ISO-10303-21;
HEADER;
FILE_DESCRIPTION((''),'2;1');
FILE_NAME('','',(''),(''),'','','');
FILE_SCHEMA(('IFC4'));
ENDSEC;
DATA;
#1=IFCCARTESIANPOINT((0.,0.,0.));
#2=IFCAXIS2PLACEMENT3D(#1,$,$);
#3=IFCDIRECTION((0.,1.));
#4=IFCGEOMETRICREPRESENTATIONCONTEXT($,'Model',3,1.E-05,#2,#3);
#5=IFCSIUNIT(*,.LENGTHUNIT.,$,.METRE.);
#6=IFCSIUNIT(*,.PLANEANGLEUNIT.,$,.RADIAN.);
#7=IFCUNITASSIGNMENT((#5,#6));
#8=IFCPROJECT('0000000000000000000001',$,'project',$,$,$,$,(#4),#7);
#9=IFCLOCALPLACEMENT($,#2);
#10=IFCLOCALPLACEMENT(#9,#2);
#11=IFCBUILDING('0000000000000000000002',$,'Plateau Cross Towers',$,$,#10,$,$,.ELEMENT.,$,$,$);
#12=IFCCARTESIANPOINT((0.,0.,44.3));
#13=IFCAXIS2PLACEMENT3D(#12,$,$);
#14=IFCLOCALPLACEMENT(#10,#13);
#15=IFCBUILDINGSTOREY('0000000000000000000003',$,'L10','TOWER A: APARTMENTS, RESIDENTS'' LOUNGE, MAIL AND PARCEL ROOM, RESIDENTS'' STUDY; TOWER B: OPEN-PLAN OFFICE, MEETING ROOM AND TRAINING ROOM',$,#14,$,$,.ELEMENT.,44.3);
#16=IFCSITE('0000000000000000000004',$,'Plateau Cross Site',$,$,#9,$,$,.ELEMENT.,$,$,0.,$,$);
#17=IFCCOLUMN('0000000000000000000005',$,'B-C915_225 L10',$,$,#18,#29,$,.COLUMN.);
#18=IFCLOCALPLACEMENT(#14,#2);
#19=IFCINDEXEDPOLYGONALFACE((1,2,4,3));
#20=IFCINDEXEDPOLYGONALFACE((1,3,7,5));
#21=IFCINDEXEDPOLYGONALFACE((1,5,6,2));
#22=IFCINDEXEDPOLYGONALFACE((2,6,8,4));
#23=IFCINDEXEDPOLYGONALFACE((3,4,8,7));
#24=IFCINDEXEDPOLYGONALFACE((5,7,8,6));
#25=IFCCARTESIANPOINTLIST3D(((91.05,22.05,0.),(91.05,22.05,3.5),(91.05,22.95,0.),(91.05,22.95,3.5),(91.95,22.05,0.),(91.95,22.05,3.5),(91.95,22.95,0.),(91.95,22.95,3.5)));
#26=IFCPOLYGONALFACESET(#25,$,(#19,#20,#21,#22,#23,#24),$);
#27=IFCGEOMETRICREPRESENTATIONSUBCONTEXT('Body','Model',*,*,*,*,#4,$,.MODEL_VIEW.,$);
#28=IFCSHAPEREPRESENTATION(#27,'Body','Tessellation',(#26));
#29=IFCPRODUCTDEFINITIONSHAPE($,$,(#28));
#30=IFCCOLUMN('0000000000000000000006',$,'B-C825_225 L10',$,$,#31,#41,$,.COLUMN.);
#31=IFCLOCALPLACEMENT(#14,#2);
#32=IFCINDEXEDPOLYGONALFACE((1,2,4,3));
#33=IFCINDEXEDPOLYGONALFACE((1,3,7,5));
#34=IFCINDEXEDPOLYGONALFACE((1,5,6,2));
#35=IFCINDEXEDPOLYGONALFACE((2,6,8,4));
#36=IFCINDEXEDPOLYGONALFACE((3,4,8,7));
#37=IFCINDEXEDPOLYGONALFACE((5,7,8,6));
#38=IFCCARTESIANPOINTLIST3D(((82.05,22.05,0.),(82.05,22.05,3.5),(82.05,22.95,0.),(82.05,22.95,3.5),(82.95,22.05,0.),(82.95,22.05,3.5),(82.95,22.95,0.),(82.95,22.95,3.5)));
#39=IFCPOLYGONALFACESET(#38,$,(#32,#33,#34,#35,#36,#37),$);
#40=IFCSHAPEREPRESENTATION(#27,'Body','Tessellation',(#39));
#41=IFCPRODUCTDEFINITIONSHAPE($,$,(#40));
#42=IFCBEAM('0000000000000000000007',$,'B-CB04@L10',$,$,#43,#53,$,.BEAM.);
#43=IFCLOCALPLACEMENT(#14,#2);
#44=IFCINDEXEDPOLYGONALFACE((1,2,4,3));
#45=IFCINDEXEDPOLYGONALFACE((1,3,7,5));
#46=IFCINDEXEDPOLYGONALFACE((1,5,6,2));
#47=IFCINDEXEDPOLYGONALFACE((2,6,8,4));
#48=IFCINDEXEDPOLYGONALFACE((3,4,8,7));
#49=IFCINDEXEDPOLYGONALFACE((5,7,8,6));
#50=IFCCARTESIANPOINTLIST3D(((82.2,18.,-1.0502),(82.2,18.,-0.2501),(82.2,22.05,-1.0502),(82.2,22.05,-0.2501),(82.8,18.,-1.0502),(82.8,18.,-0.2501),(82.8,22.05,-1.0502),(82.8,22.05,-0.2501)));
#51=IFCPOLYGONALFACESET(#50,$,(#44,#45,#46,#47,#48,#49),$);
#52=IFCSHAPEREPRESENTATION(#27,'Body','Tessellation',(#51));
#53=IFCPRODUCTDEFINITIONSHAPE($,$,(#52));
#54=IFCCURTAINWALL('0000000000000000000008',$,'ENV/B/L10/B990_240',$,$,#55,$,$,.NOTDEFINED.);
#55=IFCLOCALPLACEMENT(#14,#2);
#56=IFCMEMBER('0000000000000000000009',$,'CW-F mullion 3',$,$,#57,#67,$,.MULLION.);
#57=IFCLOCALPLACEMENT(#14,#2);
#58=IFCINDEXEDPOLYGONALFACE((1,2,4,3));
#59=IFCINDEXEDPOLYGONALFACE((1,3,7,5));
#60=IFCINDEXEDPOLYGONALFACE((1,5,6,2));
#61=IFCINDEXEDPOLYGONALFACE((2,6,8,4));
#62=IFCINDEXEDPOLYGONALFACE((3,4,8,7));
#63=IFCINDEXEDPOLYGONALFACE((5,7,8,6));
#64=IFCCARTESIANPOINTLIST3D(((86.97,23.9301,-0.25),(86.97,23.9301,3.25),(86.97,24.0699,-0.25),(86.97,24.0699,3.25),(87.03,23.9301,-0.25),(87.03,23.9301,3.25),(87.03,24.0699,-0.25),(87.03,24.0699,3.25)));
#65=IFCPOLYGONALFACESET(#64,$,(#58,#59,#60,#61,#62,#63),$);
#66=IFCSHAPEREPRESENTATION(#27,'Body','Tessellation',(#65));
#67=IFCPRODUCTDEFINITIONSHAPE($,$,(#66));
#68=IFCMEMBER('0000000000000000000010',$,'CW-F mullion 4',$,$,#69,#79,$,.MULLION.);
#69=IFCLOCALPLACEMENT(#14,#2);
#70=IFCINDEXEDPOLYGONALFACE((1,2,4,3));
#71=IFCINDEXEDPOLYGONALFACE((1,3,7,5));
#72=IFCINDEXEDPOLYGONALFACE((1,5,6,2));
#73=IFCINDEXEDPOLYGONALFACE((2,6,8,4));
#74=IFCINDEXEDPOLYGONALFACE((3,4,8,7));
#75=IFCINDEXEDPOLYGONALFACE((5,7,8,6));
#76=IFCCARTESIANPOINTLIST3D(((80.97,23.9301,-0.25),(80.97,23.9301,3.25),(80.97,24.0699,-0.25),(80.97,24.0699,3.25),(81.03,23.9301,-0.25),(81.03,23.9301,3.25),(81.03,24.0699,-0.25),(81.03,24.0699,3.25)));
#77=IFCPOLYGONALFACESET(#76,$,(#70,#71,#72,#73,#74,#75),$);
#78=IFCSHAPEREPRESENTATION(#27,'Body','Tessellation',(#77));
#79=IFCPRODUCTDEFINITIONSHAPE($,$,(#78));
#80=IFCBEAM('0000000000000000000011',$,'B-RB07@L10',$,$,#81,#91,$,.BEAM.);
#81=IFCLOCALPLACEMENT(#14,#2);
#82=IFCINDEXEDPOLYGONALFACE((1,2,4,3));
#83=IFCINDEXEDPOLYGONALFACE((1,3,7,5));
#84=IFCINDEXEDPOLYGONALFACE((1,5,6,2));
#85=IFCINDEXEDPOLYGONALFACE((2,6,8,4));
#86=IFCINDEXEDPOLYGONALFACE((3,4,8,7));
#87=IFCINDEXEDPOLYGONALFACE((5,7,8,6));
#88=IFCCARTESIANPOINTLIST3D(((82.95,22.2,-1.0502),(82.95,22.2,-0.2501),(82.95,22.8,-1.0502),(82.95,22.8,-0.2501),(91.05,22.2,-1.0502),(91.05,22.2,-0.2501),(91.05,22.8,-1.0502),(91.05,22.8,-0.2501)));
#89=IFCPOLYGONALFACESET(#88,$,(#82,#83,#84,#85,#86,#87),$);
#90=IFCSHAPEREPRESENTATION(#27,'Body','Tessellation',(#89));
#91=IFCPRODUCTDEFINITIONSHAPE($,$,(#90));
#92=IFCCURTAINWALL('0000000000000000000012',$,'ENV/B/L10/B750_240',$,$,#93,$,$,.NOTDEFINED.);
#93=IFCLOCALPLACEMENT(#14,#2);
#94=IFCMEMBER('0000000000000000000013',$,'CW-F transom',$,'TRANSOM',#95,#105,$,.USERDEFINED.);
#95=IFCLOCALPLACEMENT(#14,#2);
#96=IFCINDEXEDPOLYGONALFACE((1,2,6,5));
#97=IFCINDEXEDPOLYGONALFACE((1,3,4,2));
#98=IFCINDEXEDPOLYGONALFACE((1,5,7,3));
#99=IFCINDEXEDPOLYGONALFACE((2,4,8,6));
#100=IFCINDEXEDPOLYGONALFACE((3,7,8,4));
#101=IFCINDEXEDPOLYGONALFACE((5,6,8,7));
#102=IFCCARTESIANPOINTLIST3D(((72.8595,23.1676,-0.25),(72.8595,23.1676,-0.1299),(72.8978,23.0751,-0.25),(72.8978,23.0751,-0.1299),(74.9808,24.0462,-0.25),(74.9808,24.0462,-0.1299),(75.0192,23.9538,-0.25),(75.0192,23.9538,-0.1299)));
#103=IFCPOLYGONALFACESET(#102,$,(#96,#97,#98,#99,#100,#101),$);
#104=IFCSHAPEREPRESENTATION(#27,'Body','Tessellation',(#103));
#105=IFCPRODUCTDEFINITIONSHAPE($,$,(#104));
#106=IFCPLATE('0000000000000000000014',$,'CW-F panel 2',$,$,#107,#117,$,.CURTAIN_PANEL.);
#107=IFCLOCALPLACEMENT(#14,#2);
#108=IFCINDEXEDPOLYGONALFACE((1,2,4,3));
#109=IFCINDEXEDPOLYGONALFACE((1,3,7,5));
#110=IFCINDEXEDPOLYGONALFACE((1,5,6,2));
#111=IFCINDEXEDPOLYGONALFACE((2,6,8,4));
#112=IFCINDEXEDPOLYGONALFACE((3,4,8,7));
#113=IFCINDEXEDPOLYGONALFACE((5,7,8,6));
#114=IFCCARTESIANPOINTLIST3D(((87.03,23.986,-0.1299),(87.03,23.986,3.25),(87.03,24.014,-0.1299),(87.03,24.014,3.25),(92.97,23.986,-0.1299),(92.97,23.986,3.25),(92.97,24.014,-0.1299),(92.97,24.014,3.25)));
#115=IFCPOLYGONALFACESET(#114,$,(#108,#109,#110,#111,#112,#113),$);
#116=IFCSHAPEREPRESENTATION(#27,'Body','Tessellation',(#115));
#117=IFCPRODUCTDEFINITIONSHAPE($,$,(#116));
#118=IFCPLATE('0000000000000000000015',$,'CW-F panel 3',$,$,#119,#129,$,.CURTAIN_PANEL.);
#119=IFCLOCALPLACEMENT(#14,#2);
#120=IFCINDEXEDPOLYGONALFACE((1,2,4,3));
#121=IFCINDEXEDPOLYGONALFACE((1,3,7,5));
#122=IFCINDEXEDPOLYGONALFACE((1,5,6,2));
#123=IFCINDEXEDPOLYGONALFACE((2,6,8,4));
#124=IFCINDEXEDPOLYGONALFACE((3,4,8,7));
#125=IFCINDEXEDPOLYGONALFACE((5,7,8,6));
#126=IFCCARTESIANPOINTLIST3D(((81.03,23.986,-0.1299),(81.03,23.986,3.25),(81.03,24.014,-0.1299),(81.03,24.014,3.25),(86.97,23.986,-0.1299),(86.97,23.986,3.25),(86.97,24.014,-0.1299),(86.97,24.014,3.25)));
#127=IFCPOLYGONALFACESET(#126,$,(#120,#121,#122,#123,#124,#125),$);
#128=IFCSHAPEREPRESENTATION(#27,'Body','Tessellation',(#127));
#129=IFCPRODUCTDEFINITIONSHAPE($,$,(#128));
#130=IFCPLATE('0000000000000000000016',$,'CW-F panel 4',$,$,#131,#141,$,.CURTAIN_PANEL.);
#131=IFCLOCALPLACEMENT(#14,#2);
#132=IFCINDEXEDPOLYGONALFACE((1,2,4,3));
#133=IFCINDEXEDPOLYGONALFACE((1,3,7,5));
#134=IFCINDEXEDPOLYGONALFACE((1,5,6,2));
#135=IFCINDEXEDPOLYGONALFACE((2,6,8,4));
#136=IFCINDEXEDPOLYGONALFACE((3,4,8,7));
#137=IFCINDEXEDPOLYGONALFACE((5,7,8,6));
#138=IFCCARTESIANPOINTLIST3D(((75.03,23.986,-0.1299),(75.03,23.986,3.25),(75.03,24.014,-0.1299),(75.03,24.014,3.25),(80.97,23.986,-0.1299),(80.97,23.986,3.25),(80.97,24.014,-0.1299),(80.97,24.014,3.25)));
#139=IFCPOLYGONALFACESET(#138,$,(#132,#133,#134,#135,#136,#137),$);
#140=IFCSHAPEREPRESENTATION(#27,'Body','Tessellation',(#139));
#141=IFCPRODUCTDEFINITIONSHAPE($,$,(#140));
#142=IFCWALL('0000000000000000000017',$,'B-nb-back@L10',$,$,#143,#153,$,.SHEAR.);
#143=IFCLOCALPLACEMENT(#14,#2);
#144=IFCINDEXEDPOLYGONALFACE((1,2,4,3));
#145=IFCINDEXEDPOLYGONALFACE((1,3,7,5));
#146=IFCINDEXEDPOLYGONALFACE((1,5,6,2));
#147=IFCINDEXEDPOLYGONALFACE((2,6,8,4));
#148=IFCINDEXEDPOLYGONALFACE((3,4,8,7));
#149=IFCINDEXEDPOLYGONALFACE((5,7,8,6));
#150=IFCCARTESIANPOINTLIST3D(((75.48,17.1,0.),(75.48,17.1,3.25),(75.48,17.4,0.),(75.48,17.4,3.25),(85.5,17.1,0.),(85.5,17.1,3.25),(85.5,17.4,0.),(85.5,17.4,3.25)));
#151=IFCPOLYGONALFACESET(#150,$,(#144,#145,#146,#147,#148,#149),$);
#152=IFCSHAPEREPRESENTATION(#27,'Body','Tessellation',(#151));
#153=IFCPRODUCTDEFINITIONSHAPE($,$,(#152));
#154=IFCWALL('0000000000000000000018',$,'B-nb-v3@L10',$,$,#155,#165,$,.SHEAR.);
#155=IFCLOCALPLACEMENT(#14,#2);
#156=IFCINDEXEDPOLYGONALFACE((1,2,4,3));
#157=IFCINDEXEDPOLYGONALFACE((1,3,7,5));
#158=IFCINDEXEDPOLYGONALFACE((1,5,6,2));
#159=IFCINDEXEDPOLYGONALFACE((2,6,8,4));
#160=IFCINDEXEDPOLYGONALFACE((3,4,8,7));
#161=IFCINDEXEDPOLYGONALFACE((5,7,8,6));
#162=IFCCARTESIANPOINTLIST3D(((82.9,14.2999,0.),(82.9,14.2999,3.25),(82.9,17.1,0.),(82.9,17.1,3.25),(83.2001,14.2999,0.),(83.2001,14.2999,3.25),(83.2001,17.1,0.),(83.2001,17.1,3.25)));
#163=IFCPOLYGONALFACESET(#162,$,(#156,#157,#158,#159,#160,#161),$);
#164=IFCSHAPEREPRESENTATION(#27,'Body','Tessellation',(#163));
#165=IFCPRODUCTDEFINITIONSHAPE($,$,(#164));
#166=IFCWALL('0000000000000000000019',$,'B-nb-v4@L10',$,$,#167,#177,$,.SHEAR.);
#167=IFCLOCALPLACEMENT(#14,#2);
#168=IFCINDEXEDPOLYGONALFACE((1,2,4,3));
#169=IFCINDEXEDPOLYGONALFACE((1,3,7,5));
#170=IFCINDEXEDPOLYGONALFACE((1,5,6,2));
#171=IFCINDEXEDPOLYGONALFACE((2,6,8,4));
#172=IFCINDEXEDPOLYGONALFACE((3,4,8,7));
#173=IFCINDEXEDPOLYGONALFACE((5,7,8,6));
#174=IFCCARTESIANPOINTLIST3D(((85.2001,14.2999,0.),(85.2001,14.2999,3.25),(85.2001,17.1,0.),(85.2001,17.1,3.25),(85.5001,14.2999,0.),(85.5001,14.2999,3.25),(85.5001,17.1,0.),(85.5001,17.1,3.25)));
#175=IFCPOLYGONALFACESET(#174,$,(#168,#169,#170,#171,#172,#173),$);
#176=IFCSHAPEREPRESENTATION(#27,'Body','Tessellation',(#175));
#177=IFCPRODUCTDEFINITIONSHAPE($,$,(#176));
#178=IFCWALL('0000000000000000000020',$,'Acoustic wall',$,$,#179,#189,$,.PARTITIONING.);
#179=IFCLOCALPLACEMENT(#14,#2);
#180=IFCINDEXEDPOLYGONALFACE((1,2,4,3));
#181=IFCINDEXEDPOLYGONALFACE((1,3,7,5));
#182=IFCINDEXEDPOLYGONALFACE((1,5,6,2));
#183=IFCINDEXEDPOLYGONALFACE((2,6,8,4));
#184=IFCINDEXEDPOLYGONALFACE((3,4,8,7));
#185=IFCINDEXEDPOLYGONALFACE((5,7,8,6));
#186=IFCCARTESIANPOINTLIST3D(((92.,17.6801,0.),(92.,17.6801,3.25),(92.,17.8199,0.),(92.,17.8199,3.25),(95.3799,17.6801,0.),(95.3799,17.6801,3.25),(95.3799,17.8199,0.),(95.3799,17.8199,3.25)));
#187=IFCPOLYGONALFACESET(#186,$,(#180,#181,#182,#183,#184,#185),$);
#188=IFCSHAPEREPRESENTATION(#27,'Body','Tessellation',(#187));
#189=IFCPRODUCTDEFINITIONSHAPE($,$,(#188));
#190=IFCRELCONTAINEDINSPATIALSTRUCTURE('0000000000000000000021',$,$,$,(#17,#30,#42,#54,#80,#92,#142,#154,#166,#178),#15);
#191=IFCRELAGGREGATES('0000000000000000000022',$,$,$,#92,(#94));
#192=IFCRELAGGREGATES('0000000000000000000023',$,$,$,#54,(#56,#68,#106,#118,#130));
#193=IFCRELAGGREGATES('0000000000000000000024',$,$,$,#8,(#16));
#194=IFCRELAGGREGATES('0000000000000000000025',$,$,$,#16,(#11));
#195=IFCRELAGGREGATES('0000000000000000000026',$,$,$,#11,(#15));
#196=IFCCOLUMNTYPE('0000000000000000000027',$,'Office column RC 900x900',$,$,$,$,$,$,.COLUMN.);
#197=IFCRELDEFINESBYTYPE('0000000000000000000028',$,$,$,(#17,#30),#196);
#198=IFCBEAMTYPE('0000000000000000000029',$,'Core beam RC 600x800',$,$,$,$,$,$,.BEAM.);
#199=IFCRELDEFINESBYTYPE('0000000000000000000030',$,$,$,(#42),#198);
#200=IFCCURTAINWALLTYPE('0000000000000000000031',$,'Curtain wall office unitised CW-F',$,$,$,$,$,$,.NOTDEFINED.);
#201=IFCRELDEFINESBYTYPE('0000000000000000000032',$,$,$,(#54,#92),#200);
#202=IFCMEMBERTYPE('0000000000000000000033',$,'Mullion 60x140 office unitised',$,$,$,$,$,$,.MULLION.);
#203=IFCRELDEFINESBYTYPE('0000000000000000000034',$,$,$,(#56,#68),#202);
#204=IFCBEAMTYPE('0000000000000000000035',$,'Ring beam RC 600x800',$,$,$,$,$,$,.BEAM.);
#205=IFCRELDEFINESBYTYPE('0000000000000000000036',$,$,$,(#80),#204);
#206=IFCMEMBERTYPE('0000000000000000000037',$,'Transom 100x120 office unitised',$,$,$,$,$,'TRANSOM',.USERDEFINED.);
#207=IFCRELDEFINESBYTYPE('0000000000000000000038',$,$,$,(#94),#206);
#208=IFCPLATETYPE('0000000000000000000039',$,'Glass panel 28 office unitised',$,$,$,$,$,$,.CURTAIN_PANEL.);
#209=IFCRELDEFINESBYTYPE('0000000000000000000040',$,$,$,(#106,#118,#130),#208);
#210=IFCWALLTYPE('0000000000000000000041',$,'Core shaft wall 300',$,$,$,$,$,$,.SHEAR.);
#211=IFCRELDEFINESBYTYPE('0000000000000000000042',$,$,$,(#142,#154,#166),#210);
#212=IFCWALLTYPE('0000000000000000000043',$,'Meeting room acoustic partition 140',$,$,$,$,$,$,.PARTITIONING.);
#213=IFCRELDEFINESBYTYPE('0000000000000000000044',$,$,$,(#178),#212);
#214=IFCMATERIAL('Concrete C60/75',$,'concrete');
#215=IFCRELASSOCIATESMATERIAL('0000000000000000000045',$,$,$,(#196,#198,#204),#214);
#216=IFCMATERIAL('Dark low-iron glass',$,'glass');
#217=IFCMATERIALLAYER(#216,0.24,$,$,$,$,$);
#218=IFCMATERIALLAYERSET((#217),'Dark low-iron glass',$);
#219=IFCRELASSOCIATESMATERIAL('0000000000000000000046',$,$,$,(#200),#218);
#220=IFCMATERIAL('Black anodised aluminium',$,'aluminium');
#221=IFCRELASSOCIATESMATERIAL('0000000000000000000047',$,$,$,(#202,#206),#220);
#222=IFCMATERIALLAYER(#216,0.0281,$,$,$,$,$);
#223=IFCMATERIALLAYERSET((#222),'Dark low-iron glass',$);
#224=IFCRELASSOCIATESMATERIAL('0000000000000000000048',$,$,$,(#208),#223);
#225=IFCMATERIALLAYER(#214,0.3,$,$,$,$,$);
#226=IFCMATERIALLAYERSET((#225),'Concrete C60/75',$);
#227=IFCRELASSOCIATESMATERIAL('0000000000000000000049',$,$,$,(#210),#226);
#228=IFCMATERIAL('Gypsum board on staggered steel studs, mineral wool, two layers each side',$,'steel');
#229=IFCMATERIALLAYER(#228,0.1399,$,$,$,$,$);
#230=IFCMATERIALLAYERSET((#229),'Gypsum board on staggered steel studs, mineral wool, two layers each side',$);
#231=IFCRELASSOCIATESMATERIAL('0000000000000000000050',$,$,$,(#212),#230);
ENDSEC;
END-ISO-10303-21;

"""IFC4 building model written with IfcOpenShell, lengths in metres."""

from ifc_helpers import new_model, si_unit, direction, frame, frame_2d, origin, origin_2d, place, context, subcontext, project, spatial, rectangle, extrude, material, layer, layer_set, material_profile, profile_set, type_object, element, aggregate, save


model = new_model("IFC4")

# Units and contexts
model_context = context("Model", 3, precision=1e-05, world=origin(), true_north=direction((0.0, 1.0)))
body_context = subcontext(model_context, "Body", "Model", "MODEL_VIEW")
ifc_project = project(units=[si_unit("LENGTHUNIT", "METRE"), si_unit("PLANEANGLEUNIT", "RADIAN")], contexts=[model_context])

# Site, building, storey
site_placement = place(None, origin())
site = spatial("IfcSite", under=ifc_project, at=site_placement, Name="Plateau Cross Site", CompositionType="ELEMENT", RefElevation=0.0)
building_placement = place(site_placement, origin())
building = spatial("IfcBuilding", under=site, at=building_placement, Name="Plateau Cross Towers", CompositionType="ELEMENT")
storey_placement = place(building_placement, frame((0.0, 0.0, 44.3)))
storey = spatial("IfcBuildingStorey", under=building, at=storey_placement, Name="L10", Description="TOWER A: APARTMENTS, RESIDENTS' LOUNGE, MAIL AND PARCEL ROOM, RESIDENTS' STUDY; TOWER B: OPEN-PLAN OFFICE, MEETING ROOM AND TRAINING ROOM", CompositionType="ELEMENT", Elevation=44.3)

# Columns
ifc_material_1 = material(Name="Concrete C60/75", Category="concrete")
ifc_material_profile_1 = material_profile(ifc_material_1, rectangle(XDim=0.8999, YDim=0.8999, at=origin_2d()), Name="RC 900x900")
ifc_profile_set_1 = profile_set([ifc_material_profile_1], Name="Concrete C60/75")
column_type = type_object("IfcColumnType", Name="Office column RC 900x900", PredefinedType="COLUMN", material=ifc_profile_set_1)
for number, where, z_axis, x_axis, name in (
    (1, (91.5, 22.5, 0.0), (0.0, 0.0, 1.0), (1.0, 0.0, 0.0), "B-C915_225 L10"),
    (2, (82.5, 22.5, 0.0), (0.0, 0.0, 1.0), (1.0, 0.0, 0.0), "B-C825_225 L10"),
):
    element("IfcColumn", number, at=place(storey_placement, frame(where, z_axis=z_axis, x_axis=x_axis)), inside=storey, type_object=column_type, Name=name, PredefinedType="COLUMN", context=body_context, shape_type="SweptSolid", body=[
        extrude(rectangle(XDim=0.8999, YDim=0.8999, at=origin_2d()), origin(), (0.0, 0.0, 1.0), 3.5),
    ])

# Beam
ifc_material_profile_2 = material_profile(ifc_material_1, rectangle(XDim=0.6001, YDim=0.8, at=origin_2d()), Name="RC 600x800")
ifc_profile_set_2 = profile_set([ifc_material_profile_2], Name="Concrete C60/75")
beam_type_1 = type_object("IfcBeamType", Name="Core beam RC 600x800", PredefinedType="BEAM", material=ifc_profile_set_2)
beam_1_placement = place(storey_placement, frame((82.5, 18.0, -0.6501), z_axis=(0.0, 1.0, 0.0), x_axis=(-1.0, 0.0, 0.0)))
element("IfcBeam", 3, at=beam_1_placement, inside=storey, type_object=beam_type_1, Name="B-CB04@L10", PredefinedType="BEAM", context=body_context, shape_type="SweptSolid", body=[
    extrude(rectangle(XDim=0.6001, YDim=0.8, at=origin_2d()), origin(), (0.0, 0.0, 1.0), 4.05),
])

# Curtain wall, members
ifc_material_2 = material(Name="Dark low-iron glass", Category="glass")
ifc_layer_1 = layer(ifc_material_2, 0.24)
ifc_layer_set_1 = layer_set([ifc_layer_1], Name="Dark low-iron glass")
curtain_wall_type = type_object("IfcCurtainWallType", Name="Curtain wall office unitised CW-F", PredefinedType="NOTDEFINED", material=ifc_layer_set_1)
curtain_wall_1_placement = place(storey_placement, origin())
curtain_wall_1 = element("IfcCurtainWall", 4, at=curtain_wall_1_placement, inside=storey, type_object=curtain_wall_type, Name="ENV/B/L10/B990_240", PredefinedType="NOTDEFINED")
ifc_material_3 = material(Name="Black anodised aluminium", Category="aluminium")
ifc_material_profile_3 = material_profile(ifc_material_3, rectangle(XDim=0.0601, YDim=0.1399, at=origin_2d()), Name="MULLION 60x140")
ifc_profile_set_3 = profile_set([ifc_material_profile_3], Name="Black anodised aluminium")
member_type_1 = type_object("IfcMemberType", Name="Mullion 60x140 office unitised", PredefinedType="MULLION", material=ifc_profile_set_3)
member_1_placement = place(storey_placement, frame((87.0, 24.0, -0.25), z_axis=(0.0, 0.0, 1.0), x_axis=(-1.0, 0.0, 0.0)))
member_1 = element("IfcMember", 5, at=member_1_placement, type_object=member_type_1, Name="CW-F mullion 3", PredefinedType="MULLION", context=body_context, shape_type="SweptSolid", body=[
    extrude(rectangle(XDim=0.0601, YDim=0.1399, at=origin_2d()), origin(), (0.0, 0.0, 1.0), 3.5),
])
member_2_placement = place(storey_placement, frame((81.0, 24.0, -0.25), z_axis=(0.0, 0.0, 1.0), x_axis=(-1.0, 0.0, 0.0)))
member_2 = element("IfcMember", 6, at=member_2_placement, type_object=member_type_1, Name="CW-F mullion 4", PredefinedType="MULLION", context=body_context, shape_type="SweptSolid", body=[
    extrude(rectangle(XDim=0.0601, YDim=0.1399, at=origin_2d()), origin(), (0.0, 0.0, 1.0), 3.5),
])

# Beam
ifc_material_profile_4 = material_profile(ifc_material_1, rectangle(XDim=0.6001, YDim=0.8, at=origin_2d()), Name="RC 600x800")
ifc_profile_set_4 = profile_set([ifc_material_profile_4], Name="Concrete C60/75")
beam_type_2 = type_object("IfcBeamType", Name="Ring beam RC 600x800", PredefinedType="BEAM", material=ifc_profile_set_4)
beam_2_placement = place(storey_placement, frame((91.05, 22.5, -0.6501), z_axis=(-1.0, 0.0, 0.0), x_axis=(0.0, -1.0, 0.0)))
element("IfcBeam", 7, at=beam_2_placement, inside=storey, type_object=beam_type_2, Name="B-RB07@L10", PredefinedType="BEAM", context=body_context, shape_type="SweptSolid", body=[
    extrude(rectangle(XDim=0.6001, YDim=0.8, at=origin_2d()), origin(), (0.0, 0.0, 1.0), 8.1001),
])

# Curtain wall, member
curtain_wall_2_placement = place(storey_placement, origin())
curtain_wall_2 = element("IfcCurtainWall", 8, at=curtain_wall_2_placement, inside=storey, type_object=curtain_wall_type, Name="ENV/B/L10/B750_240", PredefinedType="NOTDEFINED")
ifc_material_profile_5 = material_profile(ifc_material_3, rectangle(XDim=0.1001, YDim=0.1201, at=origin_2d()), Name="TRANSOM 100x120")
ifc_profile_set_5 = profile_set([ifc_material_profile_5], Name="Black anodised aluminium")
member_type_2 = type_object("IfcMemberType", Name="Transom 100x120 office unitised", ElementType="TRANSOM", PredefinedType="USERDEFINED", material=ifc_profile_set_5)
member_3_placement = place(storey_placement, frame((75.0, 24.0, -0.1899), z_axis=(-0.923883, -0.382674, 0.0), x_axis=(0.382674, -0.923883, 0.0)))
member_3 = element("IfcMember", 9, at=member_3_placement, type_object=member_type_2, Name="CW-F transom", ObjectType="TRANSOM", PredefinedType="USERDEFINED", context=body_context, shape_type="SweptSolid", body=[
    extrude(rectangle(XDim=0.1001, YDim=0.1201, at=origin_2d()), origin(), (0.0, 0.0, 1.0), 2.2961),
])
aggregate(curtain_wall_2, [member_3])

# Plates
ifc_layer_2 = layer(ifc_material_2, 0.0281)
ifc_layer_set_2 = layer_set([ifc_layer_2], Name="Dark low-iron glass")
plate_type = type_object("IfcPlateType", Name="Glass panel 28 office unitised", PredefinedType="CURTAIN_PANEL", material=ifc_layer_set_2)
plate_1_placement = place(storey_placement, frame((90.0, 24.0, -0.1299), z_axis=(0.0, 0.0, 1.0), x_axis=(-1.0, 0.0, 0.0)))
plate_1 = element("IfcPlate", 10, at=plate_1_placement, type_object=plate_type, Name="CW-F panel 2", PredefinedType="CURTAIN_PANEL", context=body_context, shape_type="SweptSolid", body=[
    extrude(rectangle(XDim=5.9399, YDim=0.0281, at=origin_2d()), origin(), (0.0, 0.0, 1.0), 3.3799),
])
plate_2_placement = place(storey_placement, frame((84.0, 24.0, -0.1299), z_axis=(0.0, 0.0, 1.0), x_axis=(-1.0, 0.0, 0.0)))
plate_2 = element("IfcPlate", 11, at=plate_2_placement, type_object=plate_type, Name="CW-F panel 3", PredefinedType="CURTAIN_PANEL", context=body_context, shape_type="SweptSolid", body=[
    extrude(rectangle(XDim=5.9399, YDim=0.0281, at=origin_2d()), origin(), (0.0, 0.0, 1.0), 3.3799),
])
plate_3_placement = place(storey_placement, frame((78.0, 24.0, -0.1299), z_axis=(0.0, 0.0, 1.0), x_axis=(-1.0, 0.0, 0.0)))
plate_3 = element("IfcPlate", 12, at=plate_3_placement, type_object=plate_type, Name="CW-F panel 4", PredefinedType="CURTAIN_PANEL", context=body_context, shape_type="SweptSolid", body=[
    extrude(rectangle(XDim=5.9399, YDim=0.0281, at=origin_2d()), origin(), (0.0, 0.0, 1.0), 3.3799),
])
aggregate(curtain_wall_1, [member_1, member_2, plate_1, plate_2, plate_3])

# Walls
ifc_layer_3 = layer(ifc_material_1, 0.3)
ifc_layer_set_3 = layer_set([ifc_layer_3], Name="Concrete C60/75")
wall_type_1 = type_object("IfcWallType", Name="Core shaft wall 300", PredefinedType="SHEAR", material=ifc_layer_set_3)
wall_1_placement = place(storey_placement, frame((75.48, 17.25, 0.0), z_axis=(0.0, 0.0, 1.0), x_axis=(1.0, 0.0, 0.0)))
element("IfcWall", 13, at=wall_1_placement, inside=storey, type_object=wall_type_1, Name="B-nb-back@L10", PredefinedType="SHEAR", context=body_context, shape_type="SweptSolid", body=[
    extrude(rectangle(XDim=10.02, YDim=0.3, at=frame_2d((5.01, 0.0))), origin(), (0.0, 0.0, 1.0), 3.25),
])
for number, where, z_axis, x_axis, name in (
    (14, (83.05, 14.3, 0.0), (0.0, 0.0, 1.0), (0.0, 1.0, 0.0), "B-nb-v3@L10"),
    (15, (85.3501, 14.3, 0.0), (0.0, 0.0, 1.0), (0.0, 1.0, 0.0), "B-nb-v4@L10"),
):
    element("IfcWall", number, at=place(storey_placement, frame(where, z_axis=z_axis, x_axis=x_axis)), inside=storey, type_object=wall_type_1, Name=name, PredefinedType="SHEAR", context=body_context, shape_type="SweptSolid", body=[
        extrude(rectangle(XDim=2.8, YDim=0.3, at=frame_2d((1.3999, 0.0))), origin(), (0.0, 0.0, 1.0), 3.25),
    ])
ifc_material_4 = material(Name="Gypsum board on staggered steel studs, mineral wool, two layers each side", Category="steel")
ifc_layer_4 = layer(ifc_material_4, 0.1399)
ifc_layer_set_4 = layer_set([ifc_layer_4], Name="Gypsum board on staggered steel studs, mineral wool, two layers each side")
wall_type_2 = type_object("IfcWallType", Name="Meeting room acoustic partition 140", PredefinedType="PARTITIONING", material=ifc_layer_set_4)
wall_2_placement = place(storey_placement, frame((92.0, 17.75, 0.0), z_axis=(0.0, 0.0, 1.0), x_axis=(1.0, 0.0, 0.0)))
element("IfcWall", 16, at=wall_2_placement, inside=storey, type_object=wall_type_2, Name="Acoustic wall", PredefinedType="PARTITIONING", context=body_context, shape_type="SweptSolid", body=[
    extrude(rectangle(XDim=3.3799, YDim=0.1399, at=frame_2d((1.6899, 0.0))), origin(), (0.0, 0.0, 1.0), 3.25),
])

save(model, "model.ifc")
